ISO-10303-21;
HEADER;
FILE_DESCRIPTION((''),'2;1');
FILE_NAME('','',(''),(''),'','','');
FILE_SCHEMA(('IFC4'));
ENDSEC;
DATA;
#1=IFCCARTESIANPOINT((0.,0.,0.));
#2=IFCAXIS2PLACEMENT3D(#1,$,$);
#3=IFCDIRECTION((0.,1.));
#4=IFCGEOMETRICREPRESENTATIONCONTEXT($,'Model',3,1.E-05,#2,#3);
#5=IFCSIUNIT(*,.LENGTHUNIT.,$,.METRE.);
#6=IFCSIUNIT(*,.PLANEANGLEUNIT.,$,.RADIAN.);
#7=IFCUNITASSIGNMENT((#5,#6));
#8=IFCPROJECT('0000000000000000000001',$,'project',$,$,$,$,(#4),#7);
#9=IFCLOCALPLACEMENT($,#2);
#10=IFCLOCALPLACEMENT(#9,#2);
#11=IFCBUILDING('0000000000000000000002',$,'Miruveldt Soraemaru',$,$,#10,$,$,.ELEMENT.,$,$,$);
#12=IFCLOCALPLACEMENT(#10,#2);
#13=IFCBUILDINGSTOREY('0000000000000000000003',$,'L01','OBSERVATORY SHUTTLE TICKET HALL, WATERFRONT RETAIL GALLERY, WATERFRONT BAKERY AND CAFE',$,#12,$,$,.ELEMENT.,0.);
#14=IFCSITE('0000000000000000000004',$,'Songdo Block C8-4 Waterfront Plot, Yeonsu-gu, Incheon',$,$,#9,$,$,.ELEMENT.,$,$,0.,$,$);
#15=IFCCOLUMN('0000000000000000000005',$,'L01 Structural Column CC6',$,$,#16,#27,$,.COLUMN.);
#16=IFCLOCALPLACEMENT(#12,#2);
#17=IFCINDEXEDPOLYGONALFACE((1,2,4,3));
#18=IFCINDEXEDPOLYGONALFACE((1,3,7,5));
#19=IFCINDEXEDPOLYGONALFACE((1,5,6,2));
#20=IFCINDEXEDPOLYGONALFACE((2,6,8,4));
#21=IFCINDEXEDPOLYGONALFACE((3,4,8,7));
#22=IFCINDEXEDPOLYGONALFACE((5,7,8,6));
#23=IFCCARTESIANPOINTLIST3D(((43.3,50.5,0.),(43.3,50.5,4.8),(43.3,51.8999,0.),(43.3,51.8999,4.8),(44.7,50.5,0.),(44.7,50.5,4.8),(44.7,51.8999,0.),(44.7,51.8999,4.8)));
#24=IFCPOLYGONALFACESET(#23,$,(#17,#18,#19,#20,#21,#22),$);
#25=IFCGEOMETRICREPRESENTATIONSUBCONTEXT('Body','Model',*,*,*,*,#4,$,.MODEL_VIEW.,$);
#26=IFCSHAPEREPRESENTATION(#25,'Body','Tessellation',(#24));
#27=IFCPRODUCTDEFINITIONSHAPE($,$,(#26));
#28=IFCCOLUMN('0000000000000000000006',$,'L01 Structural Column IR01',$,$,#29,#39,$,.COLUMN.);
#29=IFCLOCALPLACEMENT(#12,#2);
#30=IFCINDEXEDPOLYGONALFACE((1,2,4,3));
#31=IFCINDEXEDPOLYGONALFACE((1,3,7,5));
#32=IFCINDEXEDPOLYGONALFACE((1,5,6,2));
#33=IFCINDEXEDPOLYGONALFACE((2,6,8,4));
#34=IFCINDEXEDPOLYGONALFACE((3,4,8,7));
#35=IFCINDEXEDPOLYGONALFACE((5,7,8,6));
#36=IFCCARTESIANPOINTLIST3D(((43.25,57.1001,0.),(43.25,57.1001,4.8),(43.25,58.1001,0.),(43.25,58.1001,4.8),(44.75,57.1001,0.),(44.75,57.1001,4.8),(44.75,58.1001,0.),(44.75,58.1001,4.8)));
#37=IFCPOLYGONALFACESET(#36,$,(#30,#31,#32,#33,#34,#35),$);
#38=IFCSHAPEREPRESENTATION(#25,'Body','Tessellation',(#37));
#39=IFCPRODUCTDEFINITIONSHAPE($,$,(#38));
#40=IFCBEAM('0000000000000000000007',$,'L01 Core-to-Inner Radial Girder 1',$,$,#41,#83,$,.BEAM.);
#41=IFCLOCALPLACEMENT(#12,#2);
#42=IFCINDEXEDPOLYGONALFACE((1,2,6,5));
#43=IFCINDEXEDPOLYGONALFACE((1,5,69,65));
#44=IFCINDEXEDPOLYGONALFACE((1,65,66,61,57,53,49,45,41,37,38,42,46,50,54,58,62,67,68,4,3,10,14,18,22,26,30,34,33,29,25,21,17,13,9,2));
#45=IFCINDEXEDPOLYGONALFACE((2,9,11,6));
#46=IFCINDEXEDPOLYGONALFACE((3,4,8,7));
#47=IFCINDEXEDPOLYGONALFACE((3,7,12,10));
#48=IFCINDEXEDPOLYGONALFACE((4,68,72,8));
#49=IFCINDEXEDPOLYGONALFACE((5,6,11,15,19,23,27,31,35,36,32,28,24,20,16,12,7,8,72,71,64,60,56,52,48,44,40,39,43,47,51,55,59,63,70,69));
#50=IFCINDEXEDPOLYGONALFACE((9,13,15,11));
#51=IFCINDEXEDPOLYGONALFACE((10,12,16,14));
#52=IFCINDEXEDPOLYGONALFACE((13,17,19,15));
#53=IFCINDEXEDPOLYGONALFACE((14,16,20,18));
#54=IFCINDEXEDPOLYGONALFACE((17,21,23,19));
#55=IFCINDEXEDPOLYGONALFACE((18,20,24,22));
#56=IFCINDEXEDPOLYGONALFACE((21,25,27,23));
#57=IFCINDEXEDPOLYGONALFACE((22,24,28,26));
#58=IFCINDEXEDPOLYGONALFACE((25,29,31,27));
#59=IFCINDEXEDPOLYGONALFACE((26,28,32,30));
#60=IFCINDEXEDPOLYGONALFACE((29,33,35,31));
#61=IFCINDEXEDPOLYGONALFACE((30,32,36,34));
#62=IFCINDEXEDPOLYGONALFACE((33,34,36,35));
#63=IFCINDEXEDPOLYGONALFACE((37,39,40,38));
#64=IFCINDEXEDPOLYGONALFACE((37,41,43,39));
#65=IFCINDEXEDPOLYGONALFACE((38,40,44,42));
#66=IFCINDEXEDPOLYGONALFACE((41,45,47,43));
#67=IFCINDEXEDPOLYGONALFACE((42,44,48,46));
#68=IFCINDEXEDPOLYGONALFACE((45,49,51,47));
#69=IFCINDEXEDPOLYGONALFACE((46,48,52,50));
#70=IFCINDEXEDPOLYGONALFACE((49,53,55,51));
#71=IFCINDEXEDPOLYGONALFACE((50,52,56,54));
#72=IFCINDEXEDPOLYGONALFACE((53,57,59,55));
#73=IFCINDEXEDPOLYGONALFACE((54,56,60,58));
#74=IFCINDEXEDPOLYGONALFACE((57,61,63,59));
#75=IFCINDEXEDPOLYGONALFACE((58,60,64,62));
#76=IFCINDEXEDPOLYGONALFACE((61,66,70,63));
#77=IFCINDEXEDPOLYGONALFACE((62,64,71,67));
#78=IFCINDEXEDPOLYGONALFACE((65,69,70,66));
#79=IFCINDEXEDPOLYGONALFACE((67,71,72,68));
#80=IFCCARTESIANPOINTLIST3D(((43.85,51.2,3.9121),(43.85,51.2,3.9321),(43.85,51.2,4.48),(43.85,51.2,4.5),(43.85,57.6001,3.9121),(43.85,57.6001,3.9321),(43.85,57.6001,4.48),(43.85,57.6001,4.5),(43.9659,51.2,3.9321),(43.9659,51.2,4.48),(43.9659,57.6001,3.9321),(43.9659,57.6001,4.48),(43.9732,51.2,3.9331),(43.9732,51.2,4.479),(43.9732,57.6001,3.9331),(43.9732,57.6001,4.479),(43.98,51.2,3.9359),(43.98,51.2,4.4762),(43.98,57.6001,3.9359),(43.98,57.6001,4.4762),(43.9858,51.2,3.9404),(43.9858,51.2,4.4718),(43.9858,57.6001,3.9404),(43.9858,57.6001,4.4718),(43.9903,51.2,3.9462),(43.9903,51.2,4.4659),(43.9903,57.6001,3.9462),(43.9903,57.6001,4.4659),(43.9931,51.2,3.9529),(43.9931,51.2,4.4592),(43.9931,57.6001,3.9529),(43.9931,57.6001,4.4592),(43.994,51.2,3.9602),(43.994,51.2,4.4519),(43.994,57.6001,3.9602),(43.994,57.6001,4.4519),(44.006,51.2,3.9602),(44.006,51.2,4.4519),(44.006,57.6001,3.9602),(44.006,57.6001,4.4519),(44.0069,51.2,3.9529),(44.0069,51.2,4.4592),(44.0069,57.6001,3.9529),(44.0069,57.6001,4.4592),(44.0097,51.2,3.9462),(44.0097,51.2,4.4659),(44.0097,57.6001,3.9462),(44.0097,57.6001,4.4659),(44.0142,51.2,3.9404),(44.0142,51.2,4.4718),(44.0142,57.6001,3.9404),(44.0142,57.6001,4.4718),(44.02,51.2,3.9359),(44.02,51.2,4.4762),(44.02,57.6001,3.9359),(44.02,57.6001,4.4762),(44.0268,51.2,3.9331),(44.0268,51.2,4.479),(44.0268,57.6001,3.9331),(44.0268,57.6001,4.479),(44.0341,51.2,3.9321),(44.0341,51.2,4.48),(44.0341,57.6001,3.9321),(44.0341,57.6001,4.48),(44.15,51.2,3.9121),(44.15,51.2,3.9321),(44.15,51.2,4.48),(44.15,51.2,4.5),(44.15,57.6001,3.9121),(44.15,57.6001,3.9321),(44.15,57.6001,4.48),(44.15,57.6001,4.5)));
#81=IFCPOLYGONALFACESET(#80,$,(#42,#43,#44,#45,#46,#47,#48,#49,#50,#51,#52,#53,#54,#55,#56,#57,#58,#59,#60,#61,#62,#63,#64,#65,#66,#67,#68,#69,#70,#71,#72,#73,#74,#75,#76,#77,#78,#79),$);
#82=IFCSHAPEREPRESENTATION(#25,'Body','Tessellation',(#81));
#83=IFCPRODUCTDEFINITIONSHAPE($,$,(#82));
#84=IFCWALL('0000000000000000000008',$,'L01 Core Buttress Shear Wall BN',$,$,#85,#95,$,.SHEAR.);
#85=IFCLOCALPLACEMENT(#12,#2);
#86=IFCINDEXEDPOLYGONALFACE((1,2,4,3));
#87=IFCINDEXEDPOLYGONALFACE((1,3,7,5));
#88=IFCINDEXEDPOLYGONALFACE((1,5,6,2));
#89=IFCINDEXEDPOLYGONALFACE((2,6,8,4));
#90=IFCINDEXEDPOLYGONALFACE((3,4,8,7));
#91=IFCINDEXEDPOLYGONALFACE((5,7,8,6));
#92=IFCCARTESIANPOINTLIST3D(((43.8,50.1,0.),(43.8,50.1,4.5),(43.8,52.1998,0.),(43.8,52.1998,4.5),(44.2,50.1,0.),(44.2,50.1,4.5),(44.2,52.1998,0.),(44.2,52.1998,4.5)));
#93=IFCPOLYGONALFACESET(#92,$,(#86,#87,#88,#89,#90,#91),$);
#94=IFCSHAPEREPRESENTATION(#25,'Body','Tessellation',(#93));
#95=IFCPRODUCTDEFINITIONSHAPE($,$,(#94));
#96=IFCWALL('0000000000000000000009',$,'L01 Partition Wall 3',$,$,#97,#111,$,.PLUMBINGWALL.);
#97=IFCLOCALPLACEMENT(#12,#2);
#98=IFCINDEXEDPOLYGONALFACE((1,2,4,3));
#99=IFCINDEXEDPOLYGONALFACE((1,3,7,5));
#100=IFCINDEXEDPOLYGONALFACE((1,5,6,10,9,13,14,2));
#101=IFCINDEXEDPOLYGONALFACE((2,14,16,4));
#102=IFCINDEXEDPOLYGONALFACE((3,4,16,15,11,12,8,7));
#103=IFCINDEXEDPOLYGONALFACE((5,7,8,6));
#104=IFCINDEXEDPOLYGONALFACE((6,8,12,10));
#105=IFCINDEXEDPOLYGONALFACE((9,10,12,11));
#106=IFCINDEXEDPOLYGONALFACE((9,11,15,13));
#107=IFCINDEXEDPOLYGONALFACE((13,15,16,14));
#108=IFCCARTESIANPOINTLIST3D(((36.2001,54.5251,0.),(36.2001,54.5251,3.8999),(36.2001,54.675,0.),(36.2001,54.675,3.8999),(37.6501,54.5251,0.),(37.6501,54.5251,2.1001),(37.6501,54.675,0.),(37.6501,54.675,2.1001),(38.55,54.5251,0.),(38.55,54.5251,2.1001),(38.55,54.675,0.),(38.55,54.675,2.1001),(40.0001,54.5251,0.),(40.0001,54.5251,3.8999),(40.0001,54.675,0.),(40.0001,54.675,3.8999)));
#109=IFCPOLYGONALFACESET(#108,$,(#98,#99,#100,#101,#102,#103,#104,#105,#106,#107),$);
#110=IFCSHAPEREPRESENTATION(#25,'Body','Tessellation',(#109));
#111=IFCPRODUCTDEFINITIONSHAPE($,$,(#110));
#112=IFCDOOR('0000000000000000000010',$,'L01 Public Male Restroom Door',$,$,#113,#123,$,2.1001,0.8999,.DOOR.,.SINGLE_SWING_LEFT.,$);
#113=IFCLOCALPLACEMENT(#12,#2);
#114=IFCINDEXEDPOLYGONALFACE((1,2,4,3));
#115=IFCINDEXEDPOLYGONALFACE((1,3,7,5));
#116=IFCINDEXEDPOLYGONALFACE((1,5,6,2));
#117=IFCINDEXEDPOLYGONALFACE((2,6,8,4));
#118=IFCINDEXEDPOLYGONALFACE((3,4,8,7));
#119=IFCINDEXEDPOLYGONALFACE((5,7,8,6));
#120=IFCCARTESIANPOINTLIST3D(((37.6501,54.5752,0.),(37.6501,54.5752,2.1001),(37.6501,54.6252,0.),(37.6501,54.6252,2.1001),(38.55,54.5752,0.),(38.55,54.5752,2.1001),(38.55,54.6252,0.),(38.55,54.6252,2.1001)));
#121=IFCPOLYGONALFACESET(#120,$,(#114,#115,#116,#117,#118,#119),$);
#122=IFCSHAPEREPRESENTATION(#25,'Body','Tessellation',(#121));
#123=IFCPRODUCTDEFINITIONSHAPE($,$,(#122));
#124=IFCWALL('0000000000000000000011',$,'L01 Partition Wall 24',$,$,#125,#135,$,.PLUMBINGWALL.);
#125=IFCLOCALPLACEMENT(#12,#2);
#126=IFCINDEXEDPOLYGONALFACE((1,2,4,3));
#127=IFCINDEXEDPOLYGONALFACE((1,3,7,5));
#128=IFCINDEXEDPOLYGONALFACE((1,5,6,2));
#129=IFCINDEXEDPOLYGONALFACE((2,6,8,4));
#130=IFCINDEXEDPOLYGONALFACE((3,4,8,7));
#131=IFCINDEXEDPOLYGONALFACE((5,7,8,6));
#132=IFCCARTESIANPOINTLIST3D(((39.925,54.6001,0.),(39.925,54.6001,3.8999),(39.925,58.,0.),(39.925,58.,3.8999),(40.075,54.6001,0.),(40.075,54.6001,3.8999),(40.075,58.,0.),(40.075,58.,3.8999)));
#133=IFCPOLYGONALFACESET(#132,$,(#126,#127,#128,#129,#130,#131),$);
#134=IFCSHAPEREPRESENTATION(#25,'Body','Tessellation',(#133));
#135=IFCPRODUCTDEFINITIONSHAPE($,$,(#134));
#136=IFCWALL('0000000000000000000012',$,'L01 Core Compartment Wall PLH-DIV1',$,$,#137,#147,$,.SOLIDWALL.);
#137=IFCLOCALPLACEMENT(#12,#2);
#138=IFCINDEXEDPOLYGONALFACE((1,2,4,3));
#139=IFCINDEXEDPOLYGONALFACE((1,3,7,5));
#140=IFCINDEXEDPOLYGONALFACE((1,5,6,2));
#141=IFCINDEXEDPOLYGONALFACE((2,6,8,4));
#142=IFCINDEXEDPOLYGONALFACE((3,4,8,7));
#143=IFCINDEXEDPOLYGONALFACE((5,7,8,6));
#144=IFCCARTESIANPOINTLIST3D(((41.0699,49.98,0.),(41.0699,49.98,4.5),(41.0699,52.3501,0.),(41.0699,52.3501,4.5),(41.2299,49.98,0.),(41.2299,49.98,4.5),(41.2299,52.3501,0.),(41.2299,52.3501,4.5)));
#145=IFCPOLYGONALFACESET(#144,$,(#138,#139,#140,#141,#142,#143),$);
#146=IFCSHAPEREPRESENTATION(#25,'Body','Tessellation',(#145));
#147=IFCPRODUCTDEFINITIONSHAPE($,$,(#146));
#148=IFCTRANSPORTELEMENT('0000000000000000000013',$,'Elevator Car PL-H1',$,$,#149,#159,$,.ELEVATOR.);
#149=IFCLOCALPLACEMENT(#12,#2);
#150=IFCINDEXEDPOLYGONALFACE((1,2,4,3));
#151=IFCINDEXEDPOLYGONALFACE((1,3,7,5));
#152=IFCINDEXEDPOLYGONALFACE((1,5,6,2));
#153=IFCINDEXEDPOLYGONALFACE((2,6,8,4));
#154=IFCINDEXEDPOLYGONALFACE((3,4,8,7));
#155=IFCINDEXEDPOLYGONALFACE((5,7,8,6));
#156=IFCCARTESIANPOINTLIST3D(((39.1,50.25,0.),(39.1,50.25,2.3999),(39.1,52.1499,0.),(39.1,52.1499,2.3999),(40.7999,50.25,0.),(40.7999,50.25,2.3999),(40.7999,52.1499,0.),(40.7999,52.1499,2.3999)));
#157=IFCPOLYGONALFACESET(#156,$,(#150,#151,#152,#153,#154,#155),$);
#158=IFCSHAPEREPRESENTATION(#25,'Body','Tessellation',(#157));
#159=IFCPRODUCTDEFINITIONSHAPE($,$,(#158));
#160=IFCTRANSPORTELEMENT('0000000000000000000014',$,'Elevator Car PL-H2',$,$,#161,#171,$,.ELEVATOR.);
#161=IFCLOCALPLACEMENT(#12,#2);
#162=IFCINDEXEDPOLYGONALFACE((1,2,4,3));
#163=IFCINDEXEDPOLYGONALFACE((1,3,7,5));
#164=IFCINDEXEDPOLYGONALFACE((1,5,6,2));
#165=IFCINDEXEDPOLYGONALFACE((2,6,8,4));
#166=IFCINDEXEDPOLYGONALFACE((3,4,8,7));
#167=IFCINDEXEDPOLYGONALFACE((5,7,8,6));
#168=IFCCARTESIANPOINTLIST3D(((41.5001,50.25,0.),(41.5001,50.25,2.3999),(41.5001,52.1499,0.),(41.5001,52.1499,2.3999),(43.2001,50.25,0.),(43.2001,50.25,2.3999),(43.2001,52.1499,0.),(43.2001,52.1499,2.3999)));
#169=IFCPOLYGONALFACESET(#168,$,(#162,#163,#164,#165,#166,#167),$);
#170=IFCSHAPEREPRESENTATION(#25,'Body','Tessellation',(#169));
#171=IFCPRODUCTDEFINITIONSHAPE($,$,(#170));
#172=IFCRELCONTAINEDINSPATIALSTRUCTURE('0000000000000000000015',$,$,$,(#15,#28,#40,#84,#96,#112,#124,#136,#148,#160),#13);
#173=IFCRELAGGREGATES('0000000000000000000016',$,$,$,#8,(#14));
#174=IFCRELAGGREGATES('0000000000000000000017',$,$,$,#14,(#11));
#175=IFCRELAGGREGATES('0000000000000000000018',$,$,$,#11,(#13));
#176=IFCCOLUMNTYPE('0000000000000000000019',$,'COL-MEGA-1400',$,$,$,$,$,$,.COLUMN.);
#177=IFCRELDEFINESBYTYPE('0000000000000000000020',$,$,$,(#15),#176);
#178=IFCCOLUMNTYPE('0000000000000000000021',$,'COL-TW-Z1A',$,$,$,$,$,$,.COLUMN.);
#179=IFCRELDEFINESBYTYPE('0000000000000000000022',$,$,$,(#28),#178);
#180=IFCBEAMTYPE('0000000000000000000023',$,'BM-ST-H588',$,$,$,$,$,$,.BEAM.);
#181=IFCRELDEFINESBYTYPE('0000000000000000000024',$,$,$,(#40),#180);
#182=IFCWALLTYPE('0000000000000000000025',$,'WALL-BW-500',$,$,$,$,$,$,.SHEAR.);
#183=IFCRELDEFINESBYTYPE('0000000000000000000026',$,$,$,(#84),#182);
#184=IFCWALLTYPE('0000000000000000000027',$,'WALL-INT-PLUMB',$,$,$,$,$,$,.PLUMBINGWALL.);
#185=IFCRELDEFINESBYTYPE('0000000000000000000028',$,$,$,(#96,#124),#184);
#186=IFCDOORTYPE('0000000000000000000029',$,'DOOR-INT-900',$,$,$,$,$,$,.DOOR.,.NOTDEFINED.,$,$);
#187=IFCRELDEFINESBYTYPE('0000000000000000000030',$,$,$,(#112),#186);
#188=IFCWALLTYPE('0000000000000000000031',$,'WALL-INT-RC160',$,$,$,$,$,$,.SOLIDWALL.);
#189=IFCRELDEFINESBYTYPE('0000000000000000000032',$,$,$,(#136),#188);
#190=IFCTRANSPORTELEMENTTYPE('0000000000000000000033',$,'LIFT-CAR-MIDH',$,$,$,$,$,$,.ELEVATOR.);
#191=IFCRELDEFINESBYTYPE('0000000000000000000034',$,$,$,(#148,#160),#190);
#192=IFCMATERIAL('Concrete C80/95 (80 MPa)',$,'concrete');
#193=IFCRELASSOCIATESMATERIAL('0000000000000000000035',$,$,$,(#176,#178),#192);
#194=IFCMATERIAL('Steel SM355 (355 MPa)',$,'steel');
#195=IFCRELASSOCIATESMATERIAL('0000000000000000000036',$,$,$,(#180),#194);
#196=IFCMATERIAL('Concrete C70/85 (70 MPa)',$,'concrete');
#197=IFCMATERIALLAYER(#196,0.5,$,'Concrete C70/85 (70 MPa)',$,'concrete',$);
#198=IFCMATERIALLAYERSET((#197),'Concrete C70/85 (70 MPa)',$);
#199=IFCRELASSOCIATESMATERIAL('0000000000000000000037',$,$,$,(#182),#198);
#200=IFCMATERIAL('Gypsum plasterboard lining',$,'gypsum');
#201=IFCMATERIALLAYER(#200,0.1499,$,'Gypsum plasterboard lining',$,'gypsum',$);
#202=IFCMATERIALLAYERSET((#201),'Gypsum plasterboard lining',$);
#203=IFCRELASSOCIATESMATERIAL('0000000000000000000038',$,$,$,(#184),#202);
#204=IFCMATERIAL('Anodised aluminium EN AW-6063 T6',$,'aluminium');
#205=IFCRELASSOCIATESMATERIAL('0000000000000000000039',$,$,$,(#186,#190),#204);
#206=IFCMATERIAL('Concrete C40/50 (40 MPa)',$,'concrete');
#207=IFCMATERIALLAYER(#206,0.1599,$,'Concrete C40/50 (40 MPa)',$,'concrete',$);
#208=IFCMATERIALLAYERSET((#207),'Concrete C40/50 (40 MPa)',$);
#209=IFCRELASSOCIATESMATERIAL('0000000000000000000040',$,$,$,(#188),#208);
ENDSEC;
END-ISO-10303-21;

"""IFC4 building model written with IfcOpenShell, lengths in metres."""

from ifc_helpers import new_model, si_unit, direction, frame, frame_2d, origin, origin_2d, place, context, subcontext, project, spatial, rectangle, i_section, extrude, material, layer, layer_set, material_profile, profile_set, type_object, element, fill, save


model = new_model("IFC4")

# Units and contexts
model_context = context("Model", 3, precision=1e-05, world=origin(), true_north=direction((0.0, 1.0)))
body_context = subcontext(model_context, "Body", "Model", "MODEL_VIEW")
ifc_project = project(units=[si_unit("LENGTHUNIT", "METRE"), si_unit("PLANEANGLEUNIT", "RADIAN")], contexts=[model_context])

# Site, building, storey
site_placement = place(None, origin())
site = spatial("IfcSite", under=ifc_project, at=site_placement, Name="Songdo Block C8-4 Waterfront Plot, Yeonsu-gu, Incheon", CompositionType="ELEMENT", RefElevation=0.0)
building_placement = place(site_placement, origin())
building = spatial("IfcBuilding", under=site, at=building_placement, Name="Miruveldt Soraemaru", CompositionType="ELEMENT")
storey_placement = place(building_placement, origin())
storey = spatial("IfcBuildingStorey", under=building, at=storey_placement, Name="L01", Description="OBSERVATORY SHUTTLE TICKET HALL, WATERFRONT RETAIL GALLERY, WATERFRONT BAKERY AND CAFE", CompositionType="ELEMENT", Elevation=0.0)

# Columns
ifc_material_1 = material(Name="Concrete C80/95 (80 MPa)", Category="concrete")
ifc_material_profile_1 = material_profile(ifc_material_1, rectangle(XDim=1.3999, YDim=1.3999, at=origin_2d()), Name="Concrete C80/95 (80 MPa)", Category="concrete")
ifc_profile_set_1 = profile_set([ifc_material_profile_1], Name="Concrete C80/95 (80 MPa)")
column_type_1 = type_object("IfcColumnType", Name="COL-MEGA-1400", PredefinedType="COLUMN", material=ifc_profile_set_1)
column_1_placement = place(storey_placement, frame((44.0, 51.2, 0.0), z_axis=(0.0, 0.0, 1.0), x_axis=(1.0, 0.0, 0.0)))
element("IfcColumn", 1, at=column_1_placement, inside=storey, type_object=column_type_1, Name="L01 Structural Column CC6", PredefinedType="COLUMN", context=body_context, shape_type="SweptSolid", body=[
    extrude(rectangle(XDim=1.3999, YDim=1.3999, at=origin_2d()), origin(), (0.0, 0.0, 1.0), 4.8),
])
ifc_material_profile_2 = material_profile(ifc_material_1, rectangle(XDim=1.5, YDim=1.0, at=origin_2d()), Name="Concrete C80/95 (80 MPa)", Category="concrete")
ifc_profile_set_2 = profile_set([ifc_material_profile_2], Name="Concrete C80/95 (80 MPa)")
column_type_2 = type_object("IfcColumnType", Name="COL-TW-Z1A", PredefinedType="COLUMN", material=ifc_profile_set_2)
column_2_placement = place(storey_placement, frame((44.0, 57.6001, 0.0), z_axis=(0.0, 0.0, 1.0), x_axis=(1.0, 0.0, 0.0)))
element("IfcColumn", 2, at=column_2_placement, inside=storey, type_object=column_type_2, Name="L01 Structural Column IR01", PredefinedType="COLUMN", context=body_context, shape_type="SweptSolid", body=[
    extrude(rectangle(XDim=1.5, YDim=1.0, at=origin_2d()), origin(), (0.0, 0.0, 1.0), 4.8),
])

# Beam
ifc_material_2 = material(Name="Steel SM355 (355 MPa)", Category="steel")
ifc_material_profile_3 = material_profile(ifc_material_2, i_section(OverallWidth=0.3, OverallDepth=0.5879, WebThickness=0.012, FlangeThickness=0.02, FilletRadius=0.0281, at=origin_2d()), Name="Steel SM355 (355 MPa)", Category="steel")
ifc_profile_set_3 = profile_set([ifc_material_profile_3], Name="Steel SM355 (355 MPa)")
beam_type = type_object("IfcBeamType", Name="BM-ST-H588", PredefinedType="BEAM", material=ifc_profile_set_3)
beam_placement = place(storey_placement, frame((44.0, 51.2, 4.2061), z_axis=(0.0, 1.0, 0.0), x_axis=(-1.0, 0.0, 0.0)))
element("IfcBeam", 3, at=beam_placement, inside=storey, type_object=beam_type, Name="L01 Core-to-Inner Radial Girder 1", PredefinedType="BEAM", context=body_context, shape_type="SweptSolid", body=[
    extrude(i_section(OverallWidth=0.3, OverallDepth=0.5879, WebThickness=0.012, FlangeThickness=0.02, FilletRadius=0.0281, at=origin_2d()), origin(), (0.0, 0.0, 1.0), 6.4001),
])

# Wall
ifc_material_3 = material(Name="Concrete C70/85 (70 MPa)", Category="concrete")
ifc_layer_1 = layer(ifc_material_3, 0.5, Name="Concrete C70/85 (70 MPa)", Category="concrete")
ifc_layer_set_1 = layer_set([ifc_layer_1], Name="Concrete C70/85 (70 MPa)")
wall_type_1 = type_object("IfcWallType", Name="WALL-BW-500", PredefinedType="SHEAR", material=ifc_layer_set_1)
wall_1_placement = place(storey_placement, frame((44.0, 50.1001, 0.0), z_axis=(0.0, 0.0, 1.0), x_axis=(0.0, 1.0, 0.0)))
element("IfcWall", 4, at=wall_1_placement, inside=storey, type_object=wall_type_1, Name="L01 Core Buttress Shear Wall BN", PredefinedType="SHEAR", context=body_context, shape_type="SweptSolid", body=[
    extrude(rectangle(XDim=2.0999, YDim=0.3999, at=frame_2d((1.0498, 0.0))), origin(), (0.0, 0.0, 1.0), 4.5),
])

# Wall, opening, door
ifc_material_4 = material(Name="Gypsum plasterboard lining", Category="gypsum")
ifc_layer_2 = layer(ifc_material_4, 0.1499, Name="Gypsum plasterboard lining", Category="gypsum")
ifc_layer_set_2 = layer_set([ifc_layer_2], Name="Gypsum plasterboard lining")
wall_type_2 = type_object("IfcWallType", Name="WALL-INT-PLUMB", PredefinedType="PLUMBINGWALL", material=ifc_layer_set_2)
wall_2_placement = place(storey_placement, frame((40.0, 54.6001, 0.0), z_axis=(0.0, 0.0, 1.0), x_axis=(-1.0, 0.0, 0.0)))
wall_2 = element("IfcWall", 5, at=wall_2_placement, inside=storey, type_object=wall_type_2, Name="L01 Partition Wall 3", PredefinedType="PLUMBINGWALL", context=body_context, shape_type="SweptSolid", body=[
    extrude(rectangle(XDim=3.8, YDim=0.1499, at=frame_2d((1.8999, 0.0))), origin(), (0.0, 0.0, 1.0), 3.8999),
])
opening_1_placement = place(wall_2_placement, frame((1.45, 0.0, 0.0)))
opening_1 = element("IfcOpeningElement", 6, at=opening_1_placement, cuts=wall_2, PredefinedType="OPENING", context=body_context, shape_type="SweptSolid", body=[
    extrude(rectangle(XDim=0.8999, YDim=2.1001, at=frame_2d((0.45, 1.05))), frame((0.0, 0.085, 0.0), z_axis=(0.0, -1.0, 0.0), x_axis=(1.0, 0.0, 0.0)), (0.0, 0.0, 1.0), 0.1699),
])
ifc_material_5 = material(Name="Anodised aluminium EN AW-6063 T6", Category="aluminium")
door_type_1 = type_object("IfcDoorType", Name="DOOR-INT-900", OperationType="NOTDEFINED", PredefinedType="DOOR", material=ifc_material_5)
door_1_placement = place(opening_1_placement, origin())
door_1 = element("IfcDoor", 7, at=door_1_placement, inside=storey, type_object=door_type_1, Name="L01 Public Male Restroom Door", OperationType="SINGLE_SWING_LEFT", OverallHeight=2.1001, OverallWidth=0.8999, PredefinedType="DOOR", context=body_context, shape_type="SweptSolid", body=[
    extrude(rectangle(XDim=0.8999, YDim=2.1001, at=frame_2d((0.45, 1.05))), frame((0.0, 0.0249, 0.0), z_axis=(0.0, -1.0, 0.0), x_axis=(1.0, 0.0, 0.0)), (0.0, 0.0, 1.0), 0.05),
])
fill(opening_1, door_1)

# Walls
wall_3_placement = place(storey_placement, frame((40.0, 54.6001, 0.0), z_axis=(0.0, 0.0, 1.0), x_axis=(0.0, 1.0, 0.0)))
element("IfcWall", 8, at=wall_3_placement, inside=storey, type_object=wall_type_2, Name="L01 Partition Wall 24", PredefinedType="PLUMBINGWALL", context=body_context, shape_type="SweptSolid", body=[
    extrude(rectangle(XDim=3.3999, YDim=0.1499, at=frame_2d((1.7, 0.0))), origin(), (0.0, 0.0, 1.0), 3.8999),
])
ifc_material_6 = material(Name="Concrete C40/50 (40 MPa)", Category="concrete")
ifc_layer_3 = layer(ifc_material_6, 0.1599, Name="Concrete C40/50 (40 MPa)", Category="concrete")
ifc_layer_set_3 = layer_set([ifc_layer_3], Name="Concrete C40/50 (40 MPa)")
wall_type_3 = type_object("IfcWallType", Name="WALL-INT-RC160", PredefinedType="SOLIDWALL", material=ifc_layer_set_3)
wall_4_placement = place(storey_placement, frame((41.1499, 49.98, 0.0), z_axis=(0.0, 0.0, 1.0), x_axis=(0.0, 1.0, 0.0)))
element("IfcWall", 9, at=wall_4_placement, inside=storey, type_object=wall_type_3, Name="L01 Core Compartment Wall PLH-DIV1", PredefinedType="SOLIDWALL", context=body_context, shape_type="SweptSolid", body=[
    extrude(rectangle(XDim=2.3701, YDim=0.1599, at=frame_2d((1.1851, 0.0))), origin(), (0.0, 0.0, 1.0), 4.5),
])

# Transport elements
transport_element_type = type_object("IfcTransportElementType", Name="LIFT-CAR-MIDH", PredefinedType="ELEVATOR", material=ifc_material_5)
for number, where, z_axis, x_axis, name in (
    (10, (39.95, 51.2, 0.0), (0.0, 0.0, 1.0), (1.0, 0.0, 0.0), "Elevator Car PL-H1"),
    (11, (42.3501, 51.2, 0.0), (0.0, 0.0, 1.0), (1.0, 0.0, 0.0), "Elevator Car PL-H2"),
):
    element("IfcTransportElement", number, at=place(storey_placement, frame(where, z_axis=z_axis, x_axis=x_axis)), inside=storey, type_object=transport_element_type, Name=name, PredefinedType="ELEVATOR", context=body_context, shape_type="SweptSolid", body=[
        extrude(rectangle(XDim=1.7, YDim=1.8999, at=origin_2d()), origin(), (0.0, 0.0, 1.0), 2.3999),
    ])

save(model, "model.ifc")
